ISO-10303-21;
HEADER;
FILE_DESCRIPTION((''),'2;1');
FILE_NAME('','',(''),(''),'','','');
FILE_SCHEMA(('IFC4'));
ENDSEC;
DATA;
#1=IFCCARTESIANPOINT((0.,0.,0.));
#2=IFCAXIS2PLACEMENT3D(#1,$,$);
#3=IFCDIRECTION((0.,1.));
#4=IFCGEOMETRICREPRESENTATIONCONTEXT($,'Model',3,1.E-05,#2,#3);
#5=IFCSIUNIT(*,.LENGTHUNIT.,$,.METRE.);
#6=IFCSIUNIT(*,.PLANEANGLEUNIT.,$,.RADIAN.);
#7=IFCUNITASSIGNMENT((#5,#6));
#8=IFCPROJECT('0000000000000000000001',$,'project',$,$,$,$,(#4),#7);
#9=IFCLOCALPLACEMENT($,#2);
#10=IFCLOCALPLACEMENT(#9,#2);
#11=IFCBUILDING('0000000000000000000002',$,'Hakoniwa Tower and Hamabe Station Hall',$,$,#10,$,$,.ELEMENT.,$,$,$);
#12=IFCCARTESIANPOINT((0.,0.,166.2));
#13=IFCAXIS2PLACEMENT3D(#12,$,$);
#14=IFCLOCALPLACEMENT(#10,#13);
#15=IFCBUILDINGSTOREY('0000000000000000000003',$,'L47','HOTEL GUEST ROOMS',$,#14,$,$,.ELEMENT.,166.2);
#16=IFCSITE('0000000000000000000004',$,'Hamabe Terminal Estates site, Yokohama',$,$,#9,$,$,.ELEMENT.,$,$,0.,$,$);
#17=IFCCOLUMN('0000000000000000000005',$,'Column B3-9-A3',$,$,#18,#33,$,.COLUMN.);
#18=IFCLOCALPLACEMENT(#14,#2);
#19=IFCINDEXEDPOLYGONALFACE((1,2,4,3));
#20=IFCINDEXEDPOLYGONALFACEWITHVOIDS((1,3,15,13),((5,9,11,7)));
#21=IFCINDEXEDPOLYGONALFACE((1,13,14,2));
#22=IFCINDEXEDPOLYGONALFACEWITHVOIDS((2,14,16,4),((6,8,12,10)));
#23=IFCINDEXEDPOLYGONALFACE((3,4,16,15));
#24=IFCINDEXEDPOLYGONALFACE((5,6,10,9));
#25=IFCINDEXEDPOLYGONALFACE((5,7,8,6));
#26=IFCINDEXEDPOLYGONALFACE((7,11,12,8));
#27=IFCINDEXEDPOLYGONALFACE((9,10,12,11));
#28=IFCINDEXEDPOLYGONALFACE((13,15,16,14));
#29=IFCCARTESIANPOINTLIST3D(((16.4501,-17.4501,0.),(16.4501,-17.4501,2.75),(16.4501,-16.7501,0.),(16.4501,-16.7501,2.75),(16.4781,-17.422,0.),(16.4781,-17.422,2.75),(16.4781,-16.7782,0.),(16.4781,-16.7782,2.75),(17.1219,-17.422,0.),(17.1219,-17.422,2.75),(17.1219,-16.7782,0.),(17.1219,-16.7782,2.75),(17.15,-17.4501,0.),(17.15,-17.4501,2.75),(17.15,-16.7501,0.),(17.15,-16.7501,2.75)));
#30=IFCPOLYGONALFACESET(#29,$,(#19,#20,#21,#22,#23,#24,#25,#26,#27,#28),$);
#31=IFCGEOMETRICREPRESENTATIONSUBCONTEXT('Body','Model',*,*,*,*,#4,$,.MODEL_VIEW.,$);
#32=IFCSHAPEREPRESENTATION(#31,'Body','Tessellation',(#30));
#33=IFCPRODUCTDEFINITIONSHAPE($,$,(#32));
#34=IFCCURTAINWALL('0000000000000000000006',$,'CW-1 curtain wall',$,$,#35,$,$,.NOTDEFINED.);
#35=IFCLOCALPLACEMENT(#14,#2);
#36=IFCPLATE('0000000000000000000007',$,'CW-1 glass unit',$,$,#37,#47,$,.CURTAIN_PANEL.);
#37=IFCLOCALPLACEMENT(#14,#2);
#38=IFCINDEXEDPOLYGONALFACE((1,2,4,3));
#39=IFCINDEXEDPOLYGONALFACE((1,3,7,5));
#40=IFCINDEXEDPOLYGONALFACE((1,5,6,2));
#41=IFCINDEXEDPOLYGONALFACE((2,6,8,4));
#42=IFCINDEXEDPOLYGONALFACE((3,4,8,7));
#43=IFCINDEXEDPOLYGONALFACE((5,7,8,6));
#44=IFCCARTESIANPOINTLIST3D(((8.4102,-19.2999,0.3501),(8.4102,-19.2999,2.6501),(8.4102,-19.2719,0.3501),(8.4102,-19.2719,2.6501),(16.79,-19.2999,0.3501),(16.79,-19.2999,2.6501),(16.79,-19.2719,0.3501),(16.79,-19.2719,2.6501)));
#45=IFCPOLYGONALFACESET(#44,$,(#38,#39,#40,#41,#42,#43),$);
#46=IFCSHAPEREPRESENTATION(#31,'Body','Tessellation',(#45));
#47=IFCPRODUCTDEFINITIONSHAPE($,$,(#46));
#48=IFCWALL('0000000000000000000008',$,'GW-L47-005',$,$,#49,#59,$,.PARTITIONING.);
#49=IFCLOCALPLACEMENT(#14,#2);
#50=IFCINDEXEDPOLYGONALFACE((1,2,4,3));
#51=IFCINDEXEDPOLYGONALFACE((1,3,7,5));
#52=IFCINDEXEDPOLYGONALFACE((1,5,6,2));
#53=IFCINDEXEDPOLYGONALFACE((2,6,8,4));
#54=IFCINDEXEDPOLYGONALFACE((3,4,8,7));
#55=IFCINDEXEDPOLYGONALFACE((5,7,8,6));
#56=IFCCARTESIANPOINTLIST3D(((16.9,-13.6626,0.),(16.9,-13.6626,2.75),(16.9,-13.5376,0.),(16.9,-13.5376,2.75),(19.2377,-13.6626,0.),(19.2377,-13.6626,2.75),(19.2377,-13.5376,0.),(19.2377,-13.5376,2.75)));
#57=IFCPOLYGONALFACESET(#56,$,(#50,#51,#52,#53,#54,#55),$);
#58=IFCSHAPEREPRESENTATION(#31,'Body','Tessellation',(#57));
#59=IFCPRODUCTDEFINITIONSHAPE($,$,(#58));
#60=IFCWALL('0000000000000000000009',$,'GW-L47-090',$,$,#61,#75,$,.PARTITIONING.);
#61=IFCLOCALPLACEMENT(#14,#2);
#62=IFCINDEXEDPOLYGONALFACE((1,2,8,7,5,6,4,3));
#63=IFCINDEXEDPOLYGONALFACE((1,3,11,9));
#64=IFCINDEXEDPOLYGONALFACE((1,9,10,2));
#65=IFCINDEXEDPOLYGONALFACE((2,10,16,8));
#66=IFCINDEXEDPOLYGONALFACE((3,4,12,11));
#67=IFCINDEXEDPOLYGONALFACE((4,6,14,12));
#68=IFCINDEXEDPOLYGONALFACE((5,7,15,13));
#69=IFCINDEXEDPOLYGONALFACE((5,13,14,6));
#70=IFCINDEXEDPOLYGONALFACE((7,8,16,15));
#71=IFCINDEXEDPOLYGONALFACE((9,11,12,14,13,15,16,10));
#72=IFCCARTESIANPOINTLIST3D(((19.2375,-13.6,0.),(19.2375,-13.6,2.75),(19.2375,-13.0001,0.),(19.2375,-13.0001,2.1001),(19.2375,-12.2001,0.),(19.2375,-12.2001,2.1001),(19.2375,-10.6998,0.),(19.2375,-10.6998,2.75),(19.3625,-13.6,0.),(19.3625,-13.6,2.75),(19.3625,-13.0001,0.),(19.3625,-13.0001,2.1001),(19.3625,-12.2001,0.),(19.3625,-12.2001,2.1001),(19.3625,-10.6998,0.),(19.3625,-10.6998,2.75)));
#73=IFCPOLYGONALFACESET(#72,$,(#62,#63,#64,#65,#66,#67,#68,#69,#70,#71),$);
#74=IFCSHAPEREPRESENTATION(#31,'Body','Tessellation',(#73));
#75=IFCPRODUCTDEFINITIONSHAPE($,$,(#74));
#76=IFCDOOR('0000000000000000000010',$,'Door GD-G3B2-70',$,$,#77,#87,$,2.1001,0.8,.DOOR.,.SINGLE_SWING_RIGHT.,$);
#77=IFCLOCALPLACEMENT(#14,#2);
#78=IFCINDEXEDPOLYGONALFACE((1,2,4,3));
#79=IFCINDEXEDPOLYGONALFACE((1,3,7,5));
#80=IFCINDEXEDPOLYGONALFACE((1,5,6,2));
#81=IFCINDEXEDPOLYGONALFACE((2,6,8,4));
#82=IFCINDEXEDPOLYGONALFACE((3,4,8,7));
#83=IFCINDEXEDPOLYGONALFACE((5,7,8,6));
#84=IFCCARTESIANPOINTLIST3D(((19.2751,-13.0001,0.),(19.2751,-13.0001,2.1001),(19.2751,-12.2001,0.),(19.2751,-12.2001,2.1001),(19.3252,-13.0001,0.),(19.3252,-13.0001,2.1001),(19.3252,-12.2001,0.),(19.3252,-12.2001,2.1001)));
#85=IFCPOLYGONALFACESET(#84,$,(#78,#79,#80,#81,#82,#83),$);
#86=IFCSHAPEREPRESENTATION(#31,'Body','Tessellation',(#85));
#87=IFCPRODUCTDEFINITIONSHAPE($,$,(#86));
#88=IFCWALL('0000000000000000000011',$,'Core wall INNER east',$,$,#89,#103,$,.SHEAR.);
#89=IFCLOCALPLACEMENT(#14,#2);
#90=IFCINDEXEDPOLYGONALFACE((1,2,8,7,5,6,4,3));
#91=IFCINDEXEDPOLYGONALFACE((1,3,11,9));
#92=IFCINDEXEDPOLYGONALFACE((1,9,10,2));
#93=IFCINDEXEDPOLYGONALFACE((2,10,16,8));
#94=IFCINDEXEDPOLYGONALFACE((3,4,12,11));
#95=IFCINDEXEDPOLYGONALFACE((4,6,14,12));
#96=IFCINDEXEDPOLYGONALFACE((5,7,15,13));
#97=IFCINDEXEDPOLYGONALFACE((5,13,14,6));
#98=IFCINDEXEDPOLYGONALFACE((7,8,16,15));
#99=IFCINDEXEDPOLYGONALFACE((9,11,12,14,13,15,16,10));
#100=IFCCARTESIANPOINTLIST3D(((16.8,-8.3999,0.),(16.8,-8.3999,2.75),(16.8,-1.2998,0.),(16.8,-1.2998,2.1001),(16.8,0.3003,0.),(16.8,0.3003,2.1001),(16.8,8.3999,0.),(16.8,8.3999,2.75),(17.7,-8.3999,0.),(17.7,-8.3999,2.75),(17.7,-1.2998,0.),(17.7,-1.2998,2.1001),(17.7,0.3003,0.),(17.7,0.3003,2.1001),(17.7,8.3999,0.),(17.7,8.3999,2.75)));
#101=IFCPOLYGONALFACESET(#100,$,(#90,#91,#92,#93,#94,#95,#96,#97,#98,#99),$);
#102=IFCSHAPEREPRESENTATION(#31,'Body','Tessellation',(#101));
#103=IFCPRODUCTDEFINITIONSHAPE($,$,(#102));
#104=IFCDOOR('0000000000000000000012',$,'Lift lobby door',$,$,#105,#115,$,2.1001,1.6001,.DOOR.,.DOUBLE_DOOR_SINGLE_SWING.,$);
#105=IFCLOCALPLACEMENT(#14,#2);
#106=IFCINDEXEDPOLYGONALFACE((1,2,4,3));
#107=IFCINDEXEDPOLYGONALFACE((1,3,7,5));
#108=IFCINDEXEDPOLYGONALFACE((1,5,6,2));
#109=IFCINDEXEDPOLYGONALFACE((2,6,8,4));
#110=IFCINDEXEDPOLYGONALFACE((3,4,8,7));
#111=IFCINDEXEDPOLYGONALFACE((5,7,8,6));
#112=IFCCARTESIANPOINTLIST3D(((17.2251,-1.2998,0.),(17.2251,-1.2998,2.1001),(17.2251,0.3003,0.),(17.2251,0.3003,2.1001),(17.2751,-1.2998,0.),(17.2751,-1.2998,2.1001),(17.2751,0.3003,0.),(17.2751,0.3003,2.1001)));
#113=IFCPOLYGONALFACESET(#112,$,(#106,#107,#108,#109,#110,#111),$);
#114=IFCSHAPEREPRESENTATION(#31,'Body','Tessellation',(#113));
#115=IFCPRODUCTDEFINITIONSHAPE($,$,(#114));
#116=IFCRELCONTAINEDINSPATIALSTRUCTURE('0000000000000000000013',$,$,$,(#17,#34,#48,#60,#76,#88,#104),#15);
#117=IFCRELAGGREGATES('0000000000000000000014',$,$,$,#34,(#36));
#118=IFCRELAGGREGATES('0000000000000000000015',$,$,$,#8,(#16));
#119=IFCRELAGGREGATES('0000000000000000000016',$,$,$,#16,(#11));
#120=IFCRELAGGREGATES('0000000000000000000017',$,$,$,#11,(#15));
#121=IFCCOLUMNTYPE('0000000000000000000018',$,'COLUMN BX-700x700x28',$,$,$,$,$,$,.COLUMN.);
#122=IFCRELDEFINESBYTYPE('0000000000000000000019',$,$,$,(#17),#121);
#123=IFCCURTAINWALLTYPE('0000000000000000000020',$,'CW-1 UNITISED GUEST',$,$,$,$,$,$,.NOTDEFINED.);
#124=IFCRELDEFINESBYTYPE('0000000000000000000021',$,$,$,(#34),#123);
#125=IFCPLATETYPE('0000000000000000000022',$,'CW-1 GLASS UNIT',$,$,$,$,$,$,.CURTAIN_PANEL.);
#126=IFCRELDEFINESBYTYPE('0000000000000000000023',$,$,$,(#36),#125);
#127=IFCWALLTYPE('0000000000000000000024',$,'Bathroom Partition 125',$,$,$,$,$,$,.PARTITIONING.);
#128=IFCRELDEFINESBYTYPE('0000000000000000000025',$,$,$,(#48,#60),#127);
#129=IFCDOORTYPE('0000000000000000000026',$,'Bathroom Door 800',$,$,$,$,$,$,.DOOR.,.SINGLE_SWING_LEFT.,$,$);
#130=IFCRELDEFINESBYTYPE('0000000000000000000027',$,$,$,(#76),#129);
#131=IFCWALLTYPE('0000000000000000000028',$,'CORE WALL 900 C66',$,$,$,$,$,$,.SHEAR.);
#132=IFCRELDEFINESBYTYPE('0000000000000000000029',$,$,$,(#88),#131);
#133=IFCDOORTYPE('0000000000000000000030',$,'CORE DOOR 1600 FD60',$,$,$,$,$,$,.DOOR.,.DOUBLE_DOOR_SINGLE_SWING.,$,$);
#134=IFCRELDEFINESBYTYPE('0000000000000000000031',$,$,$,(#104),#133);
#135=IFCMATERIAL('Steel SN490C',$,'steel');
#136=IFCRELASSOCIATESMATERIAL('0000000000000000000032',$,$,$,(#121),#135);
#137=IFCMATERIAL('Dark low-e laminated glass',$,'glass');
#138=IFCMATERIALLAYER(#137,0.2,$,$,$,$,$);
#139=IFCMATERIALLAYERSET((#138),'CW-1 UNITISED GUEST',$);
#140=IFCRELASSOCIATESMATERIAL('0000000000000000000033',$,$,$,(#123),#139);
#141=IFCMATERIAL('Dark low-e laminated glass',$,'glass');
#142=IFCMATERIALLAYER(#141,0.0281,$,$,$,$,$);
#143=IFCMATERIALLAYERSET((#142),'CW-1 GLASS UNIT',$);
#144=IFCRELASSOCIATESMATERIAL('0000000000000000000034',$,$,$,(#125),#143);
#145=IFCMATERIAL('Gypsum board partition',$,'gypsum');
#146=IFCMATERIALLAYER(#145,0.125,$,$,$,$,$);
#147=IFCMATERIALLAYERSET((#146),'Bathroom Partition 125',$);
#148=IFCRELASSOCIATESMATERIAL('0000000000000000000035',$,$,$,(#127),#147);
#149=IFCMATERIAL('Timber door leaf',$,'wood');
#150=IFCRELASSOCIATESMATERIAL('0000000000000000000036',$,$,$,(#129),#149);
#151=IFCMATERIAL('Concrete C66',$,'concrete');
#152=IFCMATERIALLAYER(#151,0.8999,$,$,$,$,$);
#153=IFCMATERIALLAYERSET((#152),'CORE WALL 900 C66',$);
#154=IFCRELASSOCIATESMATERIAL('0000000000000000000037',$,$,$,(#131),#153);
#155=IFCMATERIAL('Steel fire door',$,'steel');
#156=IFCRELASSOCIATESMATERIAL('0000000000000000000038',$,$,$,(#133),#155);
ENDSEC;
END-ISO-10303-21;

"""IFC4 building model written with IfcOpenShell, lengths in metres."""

from ifc_helpers import new_model, si_unit, direction, frame, frame_2d, origin, origin_2d, place, context, subcontext, project, spatial, rectangle, hollow_rectangle, extrude, material, layer, layer_set, material_profile, profile_set, type_object, element, fill, aggregate, save


model = new_model("IFC4")

# Units and contexts
model_context = context("Model", 3, precision=1e-05, world=origin(), true_north=direction((0.0, 1.0)))
body_context = subcontext(model_context, "Body", "Model", "MODEL_VIEW")
ifc_project = project(units=[si_unit("LENGTHUNIT", "METRE"), si_unit("PLANEANGLEUNIT", "RADIAN")], contexts=[model_context])

# Site, building, storey
site_placement = place(None, origin())
site = spatial("IfcSite", under=ifc_project, at=site_placement, Name="Hamabe Terminal Estates site, Yokohama", CompositionType="ELEMENT", RefElevation=0.0)
building_placement = place(site_placement, origin())
building = spatial("IfcBuilding", under=site, at=building_placement, Name="Hakoniwa Tower and Hamabe Station Hall", CompositionType="ELEMENT")
storey_placement = place(building_placement, frame((0.0, 0.0, 166.2)))
storey = spatial("IfcBuildingStorey", under=building, at=storey_placement, Name="L47", Description="HOTEL GUEST ROOMS", CompositionType="ELEMENT", Elevation=166.2)

# Column
ifc_material_1 = material(Name="Steel SN490C", Category="steel")
ifc_material_profile = material_profile(ifc_material_1, hollow_rectangle(XDim=0.7, YDim=0.7, WallThickness=0.0281, at=origin_2d()), Name="BX-700x700x28")
ifc_profile_set = profile_set([ifc_material_profile], Name="Steel SN490C")
column_type = type_object("IfcColumnType", Name="COLUMN BX-700x700x28", PredefinedType="COLUMN", material=ifc_profile_set)
column_placement = place(storey_placement, frame((16.8, -17.1001, 0.0), z_axis=(0.0, 0.0, 1.0), x_axis=(1.0, 0.0, 0.0)))
element("IfcColumn", 1, at=column_placement, inside=storey, type_object=column_type, Name="Column B3-9-A3", PredefinedType="COLUMN", context=body_context, shape_type="SweptSolid", body=[
    extrude(hollow_rectangle(XDim=0.7, YDim=0.7, WallThickness=0.0281, at=origin_2d()), origin(), (0.0, 0.0, 1.0), 2.75),
])

# Curtain wall, plate
ifc_material_2 = material(Name="Dark low-e laminated glass", Category="glass")
ifc_layer_1 = layer(ifc_material_2, 0.2)
ifc_layer_set_1 = layer_set([ifc_layer_1], Name="CW-1 UNITISED GUEST")
curtain_wall_type = type_object("IfcCurtainWallType", Name="CW-1 UNITISED GUEST", PredefinedType="NOTDEFINED", material=ifc_layer_set_1)
curtain_wall_placement = place(storey_placement, origin())
curtain_wall = element("IfcCurtainWall", 2, at=curtain_wall_placement, inside=storey, type_object=curtain_wall_type, Name="CW-1 curtain wall", PredefinedType="NOTDEFINED")
ifc_material_3 = material(Name="Dark low-e laminated glass", Category="glass")
ifc_layer_2 = layer(ifc_material_3, 0.0281)
ifc_layer_set_2 = layer_set([ifc_layer_2], Name="CW-1 GLASS UNIT")
plate_type = type_object("IfcPlateType", Name="CW-1 GLASS UNIT", PredefinedType="CURTAIN_PANEL", material=ifc_layer_set_2)
plate_placement = place(storey_placement, frame((12.6001, -19.2859, 0.3501), z_axis=(0.0, 0.0, 1.0), x_axis=(1.0, 0.0, 0.0)))
plate = element("IfcPlate", 3, at=plate_placement, type_object=plate_type, Name="CW-1 glass unit", PredefinedType="CURTAIN_PANEL", context=body_context, shape_type="SweptSolid", body=[
    extrude(rectangle(XDim=8.3799, YDim=0.0281, at=origin_2d()), origin(), (0.0, 0.0, 1.0), 2.3),
])
aggregate(curtain_wall, [plate])

# Wall
ifc_material_4 = material(Name="Gypsum board partition", Category="gypsum")
ifc_layer_3 = layer(ifc_material_4, 0.125)
ifc_layer_set_3 = layer_set([ifc_layer_3], Name="Bathroom Partition 125")
wall_type_1 = type_object("IfcWallType", Name="Bathroom Partition 125", PredefinedType="PARTITIONING", material=ifc_layer_set_3)
wall_1_placement = place(storey_placement, frame((16.8999, -13.6001, 0.0), z_axis=(0.0, 0.0, 1.0), x_axis=(1.0, 0.0, 0.0)))
element("IfcWall", 4, at=wall_1_placement, inside=storey, type_object=wall_type_1, Name="GW-L47-005", PredefinedType="PARTITIONING", context=body_context, shape_type="SweptSolid", body=[
    extrude(rectangle(XDim=2.3376, YDim=0.125, at=frame_2d((1.1689, 0.0))), origin(), (0.0, 0.0, 1.0), 2.75),
])

# Walls, openings, doors
wall_2_placement = place(storey_placement, frame((19.3, -13.6001, 0.0), z_axis=(0.0, 0.0, 1.0), x_axis=(0.0, 1.0, 0.0)))
wall_2 = element("IfcWall", 5, at=wall_2_placement, inside=storey, type_object=wall_type_1, Name="GW-L47-090", PredefinedType="PARTITIONING", context=body_context, shape_type="SweptSolid", body=[
    extrude(rectangle(XDim=2.9001, YDim=0.125, at=frame_2d((1.4502, 0.0))), origin(), (0.0, 0.0, 1.0), 2.75),
])
opening_1_placement = place(wall_2_placement, frame((0.6001, 0.0, 0.0)))
opening_1 = element("IfcOpeningElement", 6, at=opening_1_placement, cuts=wall_2, PredefinedType="OPENING", context=body_context, shape_type="SweptSolid", body=[
    extrude(rectangle(XDim=0.8, YDim=2.1001, at=frame_2d((0.3999, 1.05))), frame((0.0, 0.0725, 0.0), z_axis=(0.0, -1.0, 0.0), x_axis=(1.0, 0.0, 0.0)), (0.0, 0.0, 1.0), 0.145),
])
ifc_material_5 = material(Name="Timber door leaf", Category="wood")
door_type_1 = type_object("IfcDoorType", Name="Bathroom Door 800", OperationType="SINGLE_SWING_LEFT", PredefinedType="DOOR", material=ifc_material_5)
door_1_placement = place(opening_1_placement, origin())
door_1 = element("IfcDoor", 7, at=door_1_placement, inside=storey, type_object=door_type_1, Name="Door GD-G3B2-70", OperationType="SINGLE_SWING_RIGHT", OverallHeight=2.1001, OverallWidth=0.8, PredefinedType="DOOR", context=body_context, shape_type="SweptSolid", body=[
    extrude(rectangle(XDim=0.8, YDim=2.1001, at=frame_2d((0.3999, 1.05))), frame((0.0, 0.0249, 0.0), z_axis=(0.0, -1.0, 0.0), x_axis=(1.0, 0.0, 0.0)), (0.0, 0.0, 1.0), 0.05),
])
fill(opening_1, door_1)
ifc_material_6 = material(Name="Concrete C66", Category="concrete")
ifc_layer_4 = layer(ifc_material_6, 0.8999)
ifc_layer_set_4 = layer_set([ifc_layer_4], Name="CORE WALL 900 C66")
wall_type_2 = type_object("IfcWallType", Name="CORE WALL 900 C66", PredefinedType="SHEAR", material=ifc_layer_set_4)
wall_3_placement = place(storey_placement, frame((17.25, -8.3999, 0.0), z_axis=(0.0, 0.0, 1.0), x_axis=(0.0, 1.0, 0.0)))
wall_3 = element("IfcWall", 8, at=wall_3_placement, inside=storey, type_object=wall_type_2, Name="Core wall INNER east", PredefinedType="SHEAR", context=body_context, shape_type="SweptSolid", body=[
    extrude(rectangle(XDim=16.7998, YDim=0.8999, at=frame_2d((8.3999, 0.0))), origin(), (0.0, 0.0, 1.0), 2.75),
])
opening_2_placement = place(wall_3_placement, frame((7.1001, 0.0, 0.0)))
opening_2 = element("IfcOpeningElement", 9, at=opening_2_placement, cuts=wall_3, PredefinedType="OPENING", context=body_context, shape_type="SweptSolid", body=[
    extrude(rectangle(XDim=1.6001, YDim=2.1001, at=frame_2d((0.8, 1.05))), frame((0.0, 0.46, 0.0), z_axis=(0.0, -1.0, 0.0), x_axis=(1.0, 0.0, 0.0)), (0.0, 0.0, 1.0), 0.9199),
])
ifc_material_7 = material(Name="Steel fire door", Category="steel")
door_type_2 = type_object("IfcDoorType", Name="CORE DOOR 1600 FD60", OperationType="DOUBLE_DOOR_SINGLE_SWING", PredefinedType="DOOR", material=ifc_material_7)
door_2_placement = place(opening_2_placement, origin())
door_2 = element("IfcDoor", 10, at=door_2_placement, inside=storey, type_object=door_type_2, Name="Lift lobby door", OperationType="DOUBLE_DOOR_SINGLE_SWING", OverallHeight=2.1001, OverallWidth=1.6001, PredefinedType="DOOR", context=body_context, shape_type="SweptSolid", body=[
    extrude(rectangle(XDim=1.6001, YDim=2.1001, at=frame_2d((0.8, 1.05))), frame((0.0, 0.0249, 0.0), z_axis=(0.0, -1.0, 0.0), x_axis=(1.0, 0.0, 0.0)), (0.0, 0.0, 1.0), 0.05),
])
fill(opening_2, door_2)

save(model, "model.ifc")
